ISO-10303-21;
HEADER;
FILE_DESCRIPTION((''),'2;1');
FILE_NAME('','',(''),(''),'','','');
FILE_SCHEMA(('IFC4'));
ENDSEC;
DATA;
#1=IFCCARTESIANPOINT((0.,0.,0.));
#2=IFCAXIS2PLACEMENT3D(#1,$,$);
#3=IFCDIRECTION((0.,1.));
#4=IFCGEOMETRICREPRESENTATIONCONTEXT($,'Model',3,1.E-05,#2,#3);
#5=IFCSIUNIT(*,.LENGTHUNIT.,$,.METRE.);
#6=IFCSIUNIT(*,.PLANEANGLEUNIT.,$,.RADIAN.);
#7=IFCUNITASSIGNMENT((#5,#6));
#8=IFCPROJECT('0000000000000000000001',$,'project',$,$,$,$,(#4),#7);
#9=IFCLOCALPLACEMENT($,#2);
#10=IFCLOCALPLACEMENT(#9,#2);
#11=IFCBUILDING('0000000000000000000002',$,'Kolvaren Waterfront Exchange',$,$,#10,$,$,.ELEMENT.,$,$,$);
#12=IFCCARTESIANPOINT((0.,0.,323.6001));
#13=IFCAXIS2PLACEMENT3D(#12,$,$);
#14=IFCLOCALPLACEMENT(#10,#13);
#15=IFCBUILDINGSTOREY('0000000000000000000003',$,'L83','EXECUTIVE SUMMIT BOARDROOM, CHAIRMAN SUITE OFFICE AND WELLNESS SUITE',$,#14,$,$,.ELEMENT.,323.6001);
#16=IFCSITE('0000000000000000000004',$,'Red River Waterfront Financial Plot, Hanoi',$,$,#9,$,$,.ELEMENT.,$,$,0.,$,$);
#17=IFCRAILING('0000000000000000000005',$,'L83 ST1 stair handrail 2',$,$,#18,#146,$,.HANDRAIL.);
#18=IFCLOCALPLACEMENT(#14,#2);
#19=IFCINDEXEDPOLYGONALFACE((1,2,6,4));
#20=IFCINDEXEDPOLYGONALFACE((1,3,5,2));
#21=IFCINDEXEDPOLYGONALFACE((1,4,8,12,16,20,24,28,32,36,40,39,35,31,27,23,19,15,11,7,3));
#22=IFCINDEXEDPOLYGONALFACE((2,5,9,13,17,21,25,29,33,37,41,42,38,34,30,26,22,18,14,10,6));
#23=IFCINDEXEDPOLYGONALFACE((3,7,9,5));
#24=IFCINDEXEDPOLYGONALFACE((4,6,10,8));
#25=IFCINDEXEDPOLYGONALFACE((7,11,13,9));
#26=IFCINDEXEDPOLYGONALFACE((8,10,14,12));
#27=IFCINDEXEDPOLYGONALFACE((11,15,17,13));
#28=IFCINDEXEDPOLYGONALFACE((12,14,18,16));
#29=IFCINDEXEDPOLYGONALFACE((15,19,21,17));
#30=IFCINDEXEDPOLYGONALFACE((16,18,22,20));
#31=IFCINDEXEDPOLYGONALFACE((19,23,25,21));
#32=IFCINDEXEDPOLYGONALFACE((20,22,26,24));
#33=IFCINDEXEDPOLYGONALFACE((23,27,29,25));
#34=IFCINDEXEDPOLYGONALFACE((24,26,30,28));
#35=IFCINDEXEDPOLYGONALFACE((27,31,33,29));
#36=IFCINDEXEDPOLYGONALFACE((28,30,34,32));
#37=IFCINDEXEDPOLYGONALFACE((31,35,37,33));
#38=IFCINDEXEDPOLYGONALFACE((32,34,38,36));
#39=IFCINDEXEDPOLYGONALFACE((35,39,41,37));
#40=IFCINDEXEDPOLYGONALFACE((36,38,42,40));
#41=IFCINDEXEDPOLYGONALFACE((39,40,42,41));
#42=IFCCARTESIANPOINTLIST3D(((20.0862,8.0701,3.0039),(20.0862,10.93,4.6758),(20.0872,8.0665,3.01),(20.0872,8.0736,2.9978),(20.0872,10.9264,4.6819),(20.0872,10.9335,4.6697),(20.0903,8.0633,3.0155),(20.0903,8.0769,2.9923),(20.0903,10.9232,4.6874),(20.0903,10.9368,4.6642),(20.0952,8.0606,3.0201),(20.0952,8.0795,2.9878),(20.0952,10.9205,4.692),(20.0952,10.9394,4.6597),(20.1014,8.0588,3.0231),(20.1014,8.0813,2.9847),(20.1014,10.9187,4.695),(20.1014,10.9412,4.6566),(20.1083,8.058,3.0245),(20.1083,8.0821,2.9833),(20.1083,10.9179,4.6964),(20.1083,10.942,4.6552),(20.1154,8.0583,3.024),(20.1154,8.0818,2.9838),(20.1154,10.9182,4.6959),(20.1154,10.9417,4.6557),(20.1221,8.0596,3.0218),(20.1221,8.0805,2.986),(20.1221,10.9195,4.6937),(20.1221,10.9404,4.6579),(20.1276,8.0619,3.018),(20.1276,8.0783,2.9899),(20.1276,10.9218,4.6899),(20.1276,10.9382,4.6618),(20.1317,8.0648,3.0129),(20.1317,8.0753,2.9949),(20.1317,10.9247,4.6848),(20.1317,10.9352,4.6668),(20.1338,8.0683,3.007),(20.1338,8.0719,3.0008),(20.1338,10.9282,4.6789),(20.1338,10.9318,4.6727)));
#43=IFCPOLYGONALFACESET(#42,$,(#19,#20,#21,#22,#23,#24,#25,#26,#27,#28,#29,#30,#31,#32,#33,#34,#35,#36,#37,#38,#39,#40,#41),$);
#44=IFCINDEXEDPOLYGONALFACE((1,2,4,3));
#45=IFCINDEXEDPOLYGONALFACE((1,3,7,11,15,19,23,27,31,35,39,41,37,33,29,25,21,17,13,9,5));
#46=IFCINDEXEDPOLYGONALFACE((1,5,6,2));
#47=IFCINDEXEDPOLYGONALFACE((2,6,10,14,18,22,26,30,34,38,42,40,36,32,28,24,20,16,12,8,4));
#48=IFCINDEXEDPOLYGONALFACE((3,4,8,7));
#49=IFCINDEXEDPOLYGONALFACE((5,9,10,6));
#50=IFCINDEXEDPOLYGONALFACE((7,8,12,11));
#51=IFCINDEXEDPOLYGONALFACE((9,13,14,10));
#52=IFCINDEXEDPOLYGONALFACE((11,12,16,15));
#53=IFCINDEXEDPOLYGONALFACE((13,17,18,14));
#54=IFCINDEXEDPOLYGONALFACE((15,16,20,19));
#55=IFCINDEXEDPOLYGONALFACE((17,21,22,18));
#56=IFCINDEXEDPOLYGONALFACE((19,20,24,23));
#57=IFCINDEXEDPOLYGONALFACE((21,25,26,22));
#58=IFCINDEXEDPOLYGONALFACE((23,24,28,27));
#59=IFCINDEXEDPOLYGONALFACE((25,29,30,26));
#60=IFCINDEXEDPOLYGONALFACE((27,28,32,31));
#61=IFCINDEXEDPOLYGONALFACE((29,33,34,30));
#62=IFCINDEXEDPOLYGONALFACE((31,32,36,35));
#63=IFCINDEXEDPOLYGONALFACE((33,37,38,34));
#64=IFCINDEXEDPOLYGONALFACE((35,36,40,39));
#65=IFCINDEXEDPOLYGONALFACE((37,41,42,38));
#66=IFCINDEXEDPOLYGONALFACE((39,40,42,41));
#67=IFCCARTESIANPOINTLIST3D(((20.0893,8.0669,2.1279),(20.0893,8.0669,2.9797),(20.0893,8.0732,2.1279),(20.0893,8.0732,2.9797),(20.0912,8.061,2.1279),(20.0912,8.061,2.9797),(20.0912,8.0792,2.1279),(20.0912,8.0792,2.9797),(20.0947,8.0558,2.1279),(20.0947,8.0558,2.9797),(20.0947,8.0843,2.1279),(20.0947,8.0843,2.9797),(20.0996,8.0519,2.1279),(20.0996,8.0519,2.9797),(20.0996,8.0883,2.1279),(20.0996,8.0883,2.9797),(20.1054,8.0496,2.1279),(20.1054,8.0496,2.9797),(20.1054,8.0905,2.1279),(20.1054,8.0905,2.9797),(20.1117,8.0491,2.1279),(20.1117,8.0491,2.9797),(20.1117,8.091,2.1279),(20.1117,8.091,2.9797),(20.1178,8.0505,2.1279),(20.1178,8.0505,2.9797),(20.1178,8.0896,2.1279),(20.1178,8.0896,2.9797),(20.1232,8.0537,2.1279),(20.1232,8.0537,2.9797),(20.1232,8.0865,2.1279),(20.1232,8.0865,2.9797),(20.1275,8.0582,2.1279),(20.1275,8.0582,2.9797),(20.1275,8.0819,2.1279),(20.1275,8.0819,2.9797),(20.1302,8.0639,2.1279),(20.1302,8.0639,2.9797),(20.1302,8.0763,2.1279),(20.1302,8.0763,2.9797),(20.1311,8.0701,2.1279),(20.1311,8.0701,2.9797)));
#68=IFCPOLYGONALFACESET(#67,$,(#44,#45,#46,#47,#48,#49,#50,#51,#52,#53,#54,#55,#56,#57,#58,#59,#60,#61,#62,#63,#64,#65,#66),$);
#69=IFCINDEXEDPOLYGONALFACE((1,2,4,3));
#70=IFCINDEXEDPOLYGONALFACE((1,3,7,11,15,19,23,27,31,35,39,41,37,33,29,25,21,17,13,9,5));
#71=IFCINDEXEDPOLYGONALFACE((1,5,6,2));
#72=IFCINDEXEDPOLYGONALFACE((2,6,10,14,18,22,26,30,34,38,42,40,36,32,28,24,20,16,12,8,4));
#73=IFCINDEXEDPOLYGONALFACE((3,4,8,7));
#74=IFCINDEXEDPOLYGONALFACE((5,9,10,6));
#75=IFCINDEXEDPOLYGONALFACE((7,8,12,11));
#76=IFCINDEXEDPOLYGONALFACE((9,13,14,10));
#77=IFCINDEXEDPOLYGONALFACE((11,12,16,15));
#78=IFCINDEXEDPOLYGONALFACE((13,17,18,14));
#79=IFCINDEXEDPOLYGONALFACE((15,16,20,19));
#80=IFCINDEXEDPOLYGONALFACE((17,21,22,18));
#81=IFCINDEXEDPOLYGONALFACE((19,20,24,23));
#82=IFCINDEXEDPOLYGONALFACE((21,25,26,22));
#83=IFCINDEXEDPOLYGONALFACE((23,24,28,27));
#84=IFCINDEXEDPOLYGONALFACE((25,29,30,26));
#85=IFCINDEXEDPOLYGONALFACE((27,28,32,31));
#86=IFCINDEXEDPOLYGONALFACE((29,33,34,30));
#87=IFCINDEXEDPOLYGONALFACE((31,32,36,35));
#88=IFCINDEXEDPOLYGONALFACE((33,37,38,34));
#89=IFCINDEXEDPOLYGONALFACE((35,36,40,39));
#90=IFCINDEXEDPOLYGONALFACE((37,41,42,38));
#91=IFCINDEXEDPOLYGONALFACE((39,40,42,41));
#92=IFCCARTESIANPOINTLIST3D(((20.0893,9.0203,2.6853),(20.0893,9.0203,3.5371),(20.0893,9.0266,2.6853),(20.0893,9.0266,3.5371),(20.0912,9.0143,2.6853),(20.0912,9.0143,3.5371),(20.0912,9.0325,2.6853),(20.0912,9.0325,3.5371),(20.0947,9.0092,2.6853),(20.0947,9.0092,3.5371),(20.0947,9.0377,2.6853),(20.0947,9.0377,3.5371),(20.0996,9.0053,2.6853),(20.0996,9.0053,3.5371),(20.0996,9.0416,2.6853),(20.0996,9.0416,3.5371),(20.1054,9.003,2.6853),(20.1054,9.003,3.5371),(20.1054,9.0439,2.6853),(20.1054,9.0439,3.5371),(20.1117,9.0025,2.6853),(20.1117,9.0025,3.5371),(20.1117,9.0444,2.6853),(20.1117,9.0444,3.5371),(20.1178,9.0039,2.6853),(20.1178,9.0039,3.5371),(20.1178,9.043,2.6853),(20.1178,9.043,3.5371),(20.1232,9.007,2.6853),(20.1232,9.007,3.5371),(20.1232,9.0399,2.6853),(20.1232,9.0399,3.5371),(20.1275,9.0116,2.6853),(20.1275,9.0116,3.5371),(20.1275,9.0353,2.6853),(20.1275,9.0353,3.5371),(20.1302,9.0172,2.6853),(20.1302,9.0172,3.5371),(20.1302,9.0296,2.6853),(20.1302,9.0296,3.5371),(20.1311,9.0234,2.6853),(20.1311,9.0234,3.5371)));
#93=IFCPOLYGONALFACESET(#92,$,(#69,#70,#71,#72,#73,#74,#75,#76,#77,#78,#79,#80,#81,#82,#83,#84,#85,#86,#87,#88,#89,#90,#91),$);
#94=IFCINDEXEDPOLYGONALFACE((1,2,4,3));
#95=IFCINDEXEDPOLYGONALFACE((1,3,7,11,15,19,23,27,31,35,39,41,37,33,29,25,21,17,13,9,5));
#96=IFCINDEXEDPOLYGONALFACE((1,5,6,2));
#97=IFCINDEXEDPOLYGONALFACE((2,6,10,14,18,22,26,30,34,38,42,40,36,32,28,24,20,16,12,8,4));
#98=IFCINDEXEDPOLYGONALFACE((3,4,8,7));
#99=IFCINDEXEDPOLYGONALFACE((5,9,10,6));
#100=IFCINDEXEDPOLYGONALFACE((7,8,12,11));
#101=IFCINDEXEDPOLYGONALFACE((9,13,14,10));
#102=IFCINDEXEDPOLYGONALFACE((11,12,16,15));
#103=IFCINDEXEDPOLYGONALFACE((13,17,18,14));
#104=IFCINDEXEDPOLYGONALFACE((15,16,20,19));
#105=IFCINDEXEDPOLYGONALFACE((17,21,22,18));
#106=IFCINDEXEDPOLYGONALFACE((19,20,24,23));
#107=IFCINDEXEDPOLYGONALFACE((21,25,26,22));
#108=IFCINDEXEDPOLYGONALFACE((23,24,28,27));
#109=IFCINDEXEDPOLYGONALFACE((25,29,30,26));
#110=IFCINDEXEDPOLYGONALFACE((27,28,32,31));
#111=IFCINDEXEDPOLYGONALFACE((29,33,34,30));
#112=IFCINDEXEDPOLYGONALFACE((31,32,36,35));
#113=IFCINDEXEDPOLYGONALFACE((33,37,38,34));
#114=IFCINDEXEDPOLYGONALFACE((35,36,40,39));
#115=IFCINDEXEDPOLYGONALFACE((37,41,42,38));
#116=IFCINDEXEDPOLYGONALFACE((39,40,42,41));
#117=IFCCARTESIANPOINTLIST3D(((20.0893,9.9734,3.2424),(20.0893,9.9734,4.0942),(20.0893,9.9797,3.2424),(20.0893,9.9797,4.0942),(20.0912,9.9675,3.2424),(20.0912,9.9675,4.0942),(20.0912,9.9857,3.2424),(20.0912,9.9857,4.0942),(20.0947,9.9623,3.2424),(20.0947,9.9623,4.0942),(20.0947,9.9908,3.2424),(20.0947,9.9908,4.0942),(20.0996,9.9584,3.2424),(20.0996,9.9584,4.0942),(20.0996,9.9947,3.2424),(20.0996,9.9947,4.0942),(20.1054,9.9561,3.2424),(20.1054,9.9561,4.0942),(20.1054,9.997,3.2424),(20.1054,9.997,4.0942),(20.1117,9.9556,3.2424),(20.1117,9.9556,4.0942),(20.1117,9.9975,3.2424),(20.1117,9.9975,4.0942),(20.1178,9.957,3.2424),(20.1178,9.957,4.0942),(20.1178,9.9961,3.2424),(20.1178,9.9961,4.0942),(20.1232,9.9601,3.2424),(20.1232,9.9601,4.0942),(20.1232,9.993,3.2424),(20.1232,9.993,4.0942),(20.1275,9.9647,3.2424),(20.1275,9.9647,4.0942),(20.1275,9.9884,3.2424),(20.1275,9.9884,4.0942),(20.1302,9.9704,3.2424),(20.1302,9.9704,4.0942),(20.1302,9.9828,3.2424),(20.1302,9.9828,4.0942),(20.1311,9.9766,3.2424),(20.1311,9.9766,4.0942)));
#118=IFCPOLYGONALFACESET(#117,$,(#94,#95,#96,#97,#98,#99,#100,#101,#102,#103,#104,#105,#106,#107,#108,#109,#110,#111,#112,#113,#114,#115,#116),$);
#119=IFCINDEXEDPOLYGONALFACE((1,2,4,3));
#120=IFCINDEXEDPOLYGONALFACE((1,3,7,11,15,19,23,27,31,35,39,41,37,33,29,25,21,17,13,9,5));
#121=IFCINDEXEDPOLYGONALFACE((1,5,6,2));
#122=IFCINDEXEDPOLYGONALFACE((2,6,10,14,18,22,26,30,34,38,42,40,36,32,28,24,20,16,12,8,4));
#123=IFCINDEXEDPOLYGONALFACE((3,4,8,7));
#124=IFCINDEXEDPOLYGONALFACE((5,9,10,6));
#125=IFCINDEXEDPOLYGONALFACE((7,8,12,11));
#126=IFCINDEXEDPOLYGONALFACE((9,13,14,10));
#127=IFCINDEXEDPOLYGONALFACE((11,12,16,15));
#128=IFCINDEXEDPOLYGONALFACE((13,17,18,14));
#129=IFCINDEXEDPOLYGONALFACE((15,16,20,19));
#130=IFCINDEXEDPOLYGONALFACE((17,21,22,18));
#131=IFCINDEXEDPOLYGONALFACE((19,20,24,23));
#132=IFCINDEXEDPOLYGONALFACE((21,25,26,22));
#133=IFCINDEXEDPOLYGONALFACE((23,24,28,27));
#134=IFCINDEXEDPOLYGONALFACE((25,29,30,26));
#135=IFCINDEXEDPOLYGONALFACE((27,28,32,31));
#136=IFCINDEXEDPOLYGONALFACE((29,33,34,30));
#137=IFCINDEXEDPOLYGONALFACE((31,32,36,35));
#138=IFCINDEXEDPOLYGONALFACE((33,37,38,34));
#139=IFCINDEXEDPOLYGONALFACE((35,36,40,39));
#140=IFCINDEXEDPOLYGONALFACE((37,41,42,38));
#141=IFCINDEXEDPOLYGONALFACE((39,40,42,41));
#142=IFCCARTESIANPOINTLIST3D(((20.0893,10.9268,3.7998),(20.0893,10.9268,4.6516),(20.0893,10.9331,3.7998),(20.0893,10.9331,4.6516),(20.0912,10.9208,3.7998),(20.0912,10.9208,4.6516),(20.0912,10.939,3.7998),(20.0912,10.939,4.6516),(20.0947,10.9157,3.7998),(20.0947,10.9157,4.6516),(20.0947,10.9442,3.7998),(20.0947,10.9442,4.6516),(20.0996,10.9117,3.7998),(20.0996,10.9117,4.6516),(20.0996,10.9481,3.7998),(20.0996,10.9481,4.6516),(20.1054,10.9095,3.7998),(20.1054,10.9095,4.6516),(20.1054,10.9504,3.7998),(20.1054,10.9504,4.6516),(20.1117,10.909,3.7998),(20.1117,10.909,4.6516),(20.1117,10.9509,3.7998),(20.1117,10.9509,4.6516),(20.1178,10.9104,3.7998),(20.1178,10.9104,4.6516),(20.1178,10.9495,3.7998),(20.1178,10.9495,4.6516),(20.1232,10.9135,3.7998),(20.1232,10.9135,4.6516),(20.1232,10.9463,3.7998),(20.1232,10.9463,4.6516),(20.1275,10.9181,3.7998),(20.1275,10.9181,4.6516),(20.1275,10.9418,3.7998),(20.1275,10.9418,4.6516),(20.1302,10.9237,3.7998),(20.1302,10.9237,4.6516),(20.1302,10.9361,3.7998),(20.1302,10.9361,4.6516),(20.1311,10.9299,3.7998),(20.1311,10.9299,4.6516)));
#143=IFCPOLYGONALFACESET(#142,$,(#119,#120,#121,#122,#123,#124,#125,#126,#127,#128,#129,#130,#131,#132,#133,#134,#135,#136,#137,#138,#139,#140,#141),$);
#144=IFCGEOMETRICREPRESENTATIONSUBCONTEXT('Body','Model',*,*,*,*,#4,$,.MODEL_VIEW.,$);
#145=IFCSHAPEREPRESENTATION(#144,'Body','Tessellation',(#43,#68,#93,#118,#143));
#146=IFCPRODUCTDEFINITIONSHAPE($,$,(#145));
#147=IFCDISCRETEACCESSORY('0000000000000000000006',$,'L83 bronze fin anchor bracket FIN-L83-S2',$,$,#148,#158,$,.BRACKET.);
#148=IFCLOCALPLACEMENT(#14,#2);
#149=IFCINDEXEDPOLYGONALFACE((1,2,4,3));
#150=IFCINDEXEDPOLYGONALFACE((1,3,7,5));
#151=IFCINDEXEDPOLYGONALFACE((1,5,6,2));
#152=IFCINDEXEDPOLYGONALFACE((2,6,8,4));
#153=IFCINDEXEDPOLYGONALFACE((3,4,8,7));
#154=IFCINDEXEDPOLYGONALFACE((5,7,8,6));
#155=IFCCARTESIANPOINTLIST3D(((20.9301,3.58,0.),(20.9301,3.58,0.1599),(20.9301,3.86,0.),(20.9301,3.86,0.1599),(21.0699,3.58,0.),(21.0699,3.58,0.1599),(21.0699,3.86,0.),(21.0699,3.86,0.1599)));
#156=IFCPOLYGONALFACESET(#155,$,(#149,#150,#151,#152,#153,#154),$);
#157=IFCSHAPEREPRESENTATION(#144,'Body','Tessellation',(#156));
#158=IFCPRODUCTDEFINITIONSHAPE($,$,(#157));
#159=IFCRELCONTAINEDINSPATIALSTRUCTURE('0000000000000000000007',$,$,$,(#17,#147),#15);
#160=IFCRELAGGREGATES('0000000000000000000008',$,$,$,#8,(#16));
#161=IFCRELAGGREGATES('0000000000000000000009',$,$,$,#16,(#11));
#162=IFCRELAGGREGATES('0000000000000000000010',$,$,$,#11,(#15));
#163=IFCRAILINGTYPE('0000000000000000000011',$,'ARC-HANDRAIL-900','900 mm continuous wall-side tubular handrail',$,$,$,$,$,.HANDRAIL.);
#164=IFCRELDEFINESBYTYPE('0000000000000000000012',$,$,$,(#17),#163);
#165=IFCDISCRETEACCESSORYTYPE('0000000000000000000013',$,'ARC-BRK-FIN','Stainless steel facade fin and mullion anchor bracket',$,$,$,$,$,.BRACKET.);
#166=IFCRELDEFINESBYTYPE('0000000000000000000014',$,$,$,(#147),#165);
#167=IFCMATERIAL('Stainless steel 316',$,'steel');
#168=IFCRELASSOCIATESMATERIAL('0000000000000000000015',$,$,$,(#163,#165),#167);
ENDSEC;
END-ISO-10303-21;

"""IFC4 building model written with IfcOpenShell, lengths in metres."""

from ifc_helpers import new_model, si_unit, direction, frame, origin, origin_with_axes, origin_2d, place, context, subcontext, project, spatial, rectangle, circle, extrude, source, transform, mapped, material, type_object, element, save


model = new_model("IFC4")

# Units and contexts
model_context = context("Model", 3, precision=1e-05, world=origin(), true_north=direction((0.0, 1.0)))
body_context = subcontext(model_context, "Body", "Model", "MODEL_VIEW")
ifc_project = project(units=[si_unit("LENGTHUNIT", "METRE"), si_unit("PLANEANGLEUNIT", "RADIAN")], contexts=[model_context])

# Site, building, storey
site_placement = place(None, origin())
site = spatial("IfcSite", under=ifc_project, at=site_placement, Name="Red River Waterfront Financial Plot, Hanoi", CompositionType="ELEMENT", RefElevation=0.0)
building_placement = place(site_placement, origin())
building = spatial("IfcBuilding", under=site, at=building_placement, Name="Kolvaren Waterfront Exchange", CompositionType="ELEMENT")
storey_placement = place(building_placement, frame((0.0, 0.0, 323.6001)))
storey = spatial("IfcBuildingStorey", under=building, at=storey_placement, Name="L83", Description="EXECUTIVE SUMMIT BOARDROOM, CHAIRMAN SUITE OFFICE AND WELLNESS SUITE", CompositionType="ELEMENT", Elevation=323.6001)

# Railing
ifc_material_1 = material(Name="Stainless steel 316", Category="steel")
railing_type_1 = type_object("IfcRailingType", Name="ARC-HANDRAIL-900", Description="900 mm continuous wall-side tubular handrail", PredefinedType="HANDRAIL", material=ifc_material_1)
railing_1_placement = place(storey_placement, frame((20.1101, 8.0701, 2.1279)))
element("IfcRailing", 1, at=railing_1_placement, inside=storey, type_object=railing_type_1, Name="L83 ST1 stair handrail 2", PredefinedType="HANDRAIL", context=body_context, shape_type="SweptSolid", body=[
    extrude(circle(Radius=0.0239, at=origin_2d()), frame((0.0, 0.0, 0.876), z_axis=(0.0, 0.863303, 0.504686), x_axis=(-1.0, 0.0, 0.0)), (0.0, 0.0, 1.0), 3.3127),
    extrude(circle(Radius=0.021, at=origin_2d()), origin(), (0.0, 0.0, 1.0), 0.8518),
    extrude(circle(Radius=0.021, at=origin_2d()), frame((0.0, 0.9534, 0.5574)), (0.0, 0.0, 1.0), 0.8518),
    extrude(circle(Radius=0.021, at=origin_2d()), frame((0.0, 1.9065, 1.1145)), (0.0, 0.0, 1.0), 0.8518),
    extrude(circle(Radius=0.021, at=origin_2d()), frame((0.0, 2.8599, 1.6719)), (0.0, 0.0, 1.0), 0.8518),
])

# Discrete accessory
discrete_accessory_type = type_object("IfcDiscreteAccessoryType", Name="ARC-BRK-FIN", Description="Stainless steel facade fin and mullion anchor bracket", PredefinedType="BRACKET", material=ifc_material_1)
shared_shape_1 = source(origin_with_axes(), body_context, "Body", "SweptSolid", [
    extrude(rectangle(XDim=0.28, YDim=0.1399, at=origin_2d()), origin(), (0.0, 0.0, 1.0), 0.1599),
])
discrete_accessory_placement = place(storey_placement, frame((21.0, 3.72, 0.0), z_axis=(0.0, 0.0, 1.0), x_axis=(0.0, -1.0, 0.0)))
element("IfcDiscreteAccessory", 2, at=discrete_accessory_placement, inside=storey, type_object=discrete_accessory_type, Name="L83 bronze fin anchor bracket FIN-L83-S2", PredefinedType="BRACKET", context=body_context, shape_type="MappedRepresentation", body=[
    mapped(shared_shape_1, transform((0.0, 0.0, 0.0), x_axis=(1.0, 0.0, 0.0), y_axis=(0.0, 1.0, 0.0), z_axis=(0.0, 0.0, 1.0), scale=1.0)),
])

save(model, "model.ifc")
